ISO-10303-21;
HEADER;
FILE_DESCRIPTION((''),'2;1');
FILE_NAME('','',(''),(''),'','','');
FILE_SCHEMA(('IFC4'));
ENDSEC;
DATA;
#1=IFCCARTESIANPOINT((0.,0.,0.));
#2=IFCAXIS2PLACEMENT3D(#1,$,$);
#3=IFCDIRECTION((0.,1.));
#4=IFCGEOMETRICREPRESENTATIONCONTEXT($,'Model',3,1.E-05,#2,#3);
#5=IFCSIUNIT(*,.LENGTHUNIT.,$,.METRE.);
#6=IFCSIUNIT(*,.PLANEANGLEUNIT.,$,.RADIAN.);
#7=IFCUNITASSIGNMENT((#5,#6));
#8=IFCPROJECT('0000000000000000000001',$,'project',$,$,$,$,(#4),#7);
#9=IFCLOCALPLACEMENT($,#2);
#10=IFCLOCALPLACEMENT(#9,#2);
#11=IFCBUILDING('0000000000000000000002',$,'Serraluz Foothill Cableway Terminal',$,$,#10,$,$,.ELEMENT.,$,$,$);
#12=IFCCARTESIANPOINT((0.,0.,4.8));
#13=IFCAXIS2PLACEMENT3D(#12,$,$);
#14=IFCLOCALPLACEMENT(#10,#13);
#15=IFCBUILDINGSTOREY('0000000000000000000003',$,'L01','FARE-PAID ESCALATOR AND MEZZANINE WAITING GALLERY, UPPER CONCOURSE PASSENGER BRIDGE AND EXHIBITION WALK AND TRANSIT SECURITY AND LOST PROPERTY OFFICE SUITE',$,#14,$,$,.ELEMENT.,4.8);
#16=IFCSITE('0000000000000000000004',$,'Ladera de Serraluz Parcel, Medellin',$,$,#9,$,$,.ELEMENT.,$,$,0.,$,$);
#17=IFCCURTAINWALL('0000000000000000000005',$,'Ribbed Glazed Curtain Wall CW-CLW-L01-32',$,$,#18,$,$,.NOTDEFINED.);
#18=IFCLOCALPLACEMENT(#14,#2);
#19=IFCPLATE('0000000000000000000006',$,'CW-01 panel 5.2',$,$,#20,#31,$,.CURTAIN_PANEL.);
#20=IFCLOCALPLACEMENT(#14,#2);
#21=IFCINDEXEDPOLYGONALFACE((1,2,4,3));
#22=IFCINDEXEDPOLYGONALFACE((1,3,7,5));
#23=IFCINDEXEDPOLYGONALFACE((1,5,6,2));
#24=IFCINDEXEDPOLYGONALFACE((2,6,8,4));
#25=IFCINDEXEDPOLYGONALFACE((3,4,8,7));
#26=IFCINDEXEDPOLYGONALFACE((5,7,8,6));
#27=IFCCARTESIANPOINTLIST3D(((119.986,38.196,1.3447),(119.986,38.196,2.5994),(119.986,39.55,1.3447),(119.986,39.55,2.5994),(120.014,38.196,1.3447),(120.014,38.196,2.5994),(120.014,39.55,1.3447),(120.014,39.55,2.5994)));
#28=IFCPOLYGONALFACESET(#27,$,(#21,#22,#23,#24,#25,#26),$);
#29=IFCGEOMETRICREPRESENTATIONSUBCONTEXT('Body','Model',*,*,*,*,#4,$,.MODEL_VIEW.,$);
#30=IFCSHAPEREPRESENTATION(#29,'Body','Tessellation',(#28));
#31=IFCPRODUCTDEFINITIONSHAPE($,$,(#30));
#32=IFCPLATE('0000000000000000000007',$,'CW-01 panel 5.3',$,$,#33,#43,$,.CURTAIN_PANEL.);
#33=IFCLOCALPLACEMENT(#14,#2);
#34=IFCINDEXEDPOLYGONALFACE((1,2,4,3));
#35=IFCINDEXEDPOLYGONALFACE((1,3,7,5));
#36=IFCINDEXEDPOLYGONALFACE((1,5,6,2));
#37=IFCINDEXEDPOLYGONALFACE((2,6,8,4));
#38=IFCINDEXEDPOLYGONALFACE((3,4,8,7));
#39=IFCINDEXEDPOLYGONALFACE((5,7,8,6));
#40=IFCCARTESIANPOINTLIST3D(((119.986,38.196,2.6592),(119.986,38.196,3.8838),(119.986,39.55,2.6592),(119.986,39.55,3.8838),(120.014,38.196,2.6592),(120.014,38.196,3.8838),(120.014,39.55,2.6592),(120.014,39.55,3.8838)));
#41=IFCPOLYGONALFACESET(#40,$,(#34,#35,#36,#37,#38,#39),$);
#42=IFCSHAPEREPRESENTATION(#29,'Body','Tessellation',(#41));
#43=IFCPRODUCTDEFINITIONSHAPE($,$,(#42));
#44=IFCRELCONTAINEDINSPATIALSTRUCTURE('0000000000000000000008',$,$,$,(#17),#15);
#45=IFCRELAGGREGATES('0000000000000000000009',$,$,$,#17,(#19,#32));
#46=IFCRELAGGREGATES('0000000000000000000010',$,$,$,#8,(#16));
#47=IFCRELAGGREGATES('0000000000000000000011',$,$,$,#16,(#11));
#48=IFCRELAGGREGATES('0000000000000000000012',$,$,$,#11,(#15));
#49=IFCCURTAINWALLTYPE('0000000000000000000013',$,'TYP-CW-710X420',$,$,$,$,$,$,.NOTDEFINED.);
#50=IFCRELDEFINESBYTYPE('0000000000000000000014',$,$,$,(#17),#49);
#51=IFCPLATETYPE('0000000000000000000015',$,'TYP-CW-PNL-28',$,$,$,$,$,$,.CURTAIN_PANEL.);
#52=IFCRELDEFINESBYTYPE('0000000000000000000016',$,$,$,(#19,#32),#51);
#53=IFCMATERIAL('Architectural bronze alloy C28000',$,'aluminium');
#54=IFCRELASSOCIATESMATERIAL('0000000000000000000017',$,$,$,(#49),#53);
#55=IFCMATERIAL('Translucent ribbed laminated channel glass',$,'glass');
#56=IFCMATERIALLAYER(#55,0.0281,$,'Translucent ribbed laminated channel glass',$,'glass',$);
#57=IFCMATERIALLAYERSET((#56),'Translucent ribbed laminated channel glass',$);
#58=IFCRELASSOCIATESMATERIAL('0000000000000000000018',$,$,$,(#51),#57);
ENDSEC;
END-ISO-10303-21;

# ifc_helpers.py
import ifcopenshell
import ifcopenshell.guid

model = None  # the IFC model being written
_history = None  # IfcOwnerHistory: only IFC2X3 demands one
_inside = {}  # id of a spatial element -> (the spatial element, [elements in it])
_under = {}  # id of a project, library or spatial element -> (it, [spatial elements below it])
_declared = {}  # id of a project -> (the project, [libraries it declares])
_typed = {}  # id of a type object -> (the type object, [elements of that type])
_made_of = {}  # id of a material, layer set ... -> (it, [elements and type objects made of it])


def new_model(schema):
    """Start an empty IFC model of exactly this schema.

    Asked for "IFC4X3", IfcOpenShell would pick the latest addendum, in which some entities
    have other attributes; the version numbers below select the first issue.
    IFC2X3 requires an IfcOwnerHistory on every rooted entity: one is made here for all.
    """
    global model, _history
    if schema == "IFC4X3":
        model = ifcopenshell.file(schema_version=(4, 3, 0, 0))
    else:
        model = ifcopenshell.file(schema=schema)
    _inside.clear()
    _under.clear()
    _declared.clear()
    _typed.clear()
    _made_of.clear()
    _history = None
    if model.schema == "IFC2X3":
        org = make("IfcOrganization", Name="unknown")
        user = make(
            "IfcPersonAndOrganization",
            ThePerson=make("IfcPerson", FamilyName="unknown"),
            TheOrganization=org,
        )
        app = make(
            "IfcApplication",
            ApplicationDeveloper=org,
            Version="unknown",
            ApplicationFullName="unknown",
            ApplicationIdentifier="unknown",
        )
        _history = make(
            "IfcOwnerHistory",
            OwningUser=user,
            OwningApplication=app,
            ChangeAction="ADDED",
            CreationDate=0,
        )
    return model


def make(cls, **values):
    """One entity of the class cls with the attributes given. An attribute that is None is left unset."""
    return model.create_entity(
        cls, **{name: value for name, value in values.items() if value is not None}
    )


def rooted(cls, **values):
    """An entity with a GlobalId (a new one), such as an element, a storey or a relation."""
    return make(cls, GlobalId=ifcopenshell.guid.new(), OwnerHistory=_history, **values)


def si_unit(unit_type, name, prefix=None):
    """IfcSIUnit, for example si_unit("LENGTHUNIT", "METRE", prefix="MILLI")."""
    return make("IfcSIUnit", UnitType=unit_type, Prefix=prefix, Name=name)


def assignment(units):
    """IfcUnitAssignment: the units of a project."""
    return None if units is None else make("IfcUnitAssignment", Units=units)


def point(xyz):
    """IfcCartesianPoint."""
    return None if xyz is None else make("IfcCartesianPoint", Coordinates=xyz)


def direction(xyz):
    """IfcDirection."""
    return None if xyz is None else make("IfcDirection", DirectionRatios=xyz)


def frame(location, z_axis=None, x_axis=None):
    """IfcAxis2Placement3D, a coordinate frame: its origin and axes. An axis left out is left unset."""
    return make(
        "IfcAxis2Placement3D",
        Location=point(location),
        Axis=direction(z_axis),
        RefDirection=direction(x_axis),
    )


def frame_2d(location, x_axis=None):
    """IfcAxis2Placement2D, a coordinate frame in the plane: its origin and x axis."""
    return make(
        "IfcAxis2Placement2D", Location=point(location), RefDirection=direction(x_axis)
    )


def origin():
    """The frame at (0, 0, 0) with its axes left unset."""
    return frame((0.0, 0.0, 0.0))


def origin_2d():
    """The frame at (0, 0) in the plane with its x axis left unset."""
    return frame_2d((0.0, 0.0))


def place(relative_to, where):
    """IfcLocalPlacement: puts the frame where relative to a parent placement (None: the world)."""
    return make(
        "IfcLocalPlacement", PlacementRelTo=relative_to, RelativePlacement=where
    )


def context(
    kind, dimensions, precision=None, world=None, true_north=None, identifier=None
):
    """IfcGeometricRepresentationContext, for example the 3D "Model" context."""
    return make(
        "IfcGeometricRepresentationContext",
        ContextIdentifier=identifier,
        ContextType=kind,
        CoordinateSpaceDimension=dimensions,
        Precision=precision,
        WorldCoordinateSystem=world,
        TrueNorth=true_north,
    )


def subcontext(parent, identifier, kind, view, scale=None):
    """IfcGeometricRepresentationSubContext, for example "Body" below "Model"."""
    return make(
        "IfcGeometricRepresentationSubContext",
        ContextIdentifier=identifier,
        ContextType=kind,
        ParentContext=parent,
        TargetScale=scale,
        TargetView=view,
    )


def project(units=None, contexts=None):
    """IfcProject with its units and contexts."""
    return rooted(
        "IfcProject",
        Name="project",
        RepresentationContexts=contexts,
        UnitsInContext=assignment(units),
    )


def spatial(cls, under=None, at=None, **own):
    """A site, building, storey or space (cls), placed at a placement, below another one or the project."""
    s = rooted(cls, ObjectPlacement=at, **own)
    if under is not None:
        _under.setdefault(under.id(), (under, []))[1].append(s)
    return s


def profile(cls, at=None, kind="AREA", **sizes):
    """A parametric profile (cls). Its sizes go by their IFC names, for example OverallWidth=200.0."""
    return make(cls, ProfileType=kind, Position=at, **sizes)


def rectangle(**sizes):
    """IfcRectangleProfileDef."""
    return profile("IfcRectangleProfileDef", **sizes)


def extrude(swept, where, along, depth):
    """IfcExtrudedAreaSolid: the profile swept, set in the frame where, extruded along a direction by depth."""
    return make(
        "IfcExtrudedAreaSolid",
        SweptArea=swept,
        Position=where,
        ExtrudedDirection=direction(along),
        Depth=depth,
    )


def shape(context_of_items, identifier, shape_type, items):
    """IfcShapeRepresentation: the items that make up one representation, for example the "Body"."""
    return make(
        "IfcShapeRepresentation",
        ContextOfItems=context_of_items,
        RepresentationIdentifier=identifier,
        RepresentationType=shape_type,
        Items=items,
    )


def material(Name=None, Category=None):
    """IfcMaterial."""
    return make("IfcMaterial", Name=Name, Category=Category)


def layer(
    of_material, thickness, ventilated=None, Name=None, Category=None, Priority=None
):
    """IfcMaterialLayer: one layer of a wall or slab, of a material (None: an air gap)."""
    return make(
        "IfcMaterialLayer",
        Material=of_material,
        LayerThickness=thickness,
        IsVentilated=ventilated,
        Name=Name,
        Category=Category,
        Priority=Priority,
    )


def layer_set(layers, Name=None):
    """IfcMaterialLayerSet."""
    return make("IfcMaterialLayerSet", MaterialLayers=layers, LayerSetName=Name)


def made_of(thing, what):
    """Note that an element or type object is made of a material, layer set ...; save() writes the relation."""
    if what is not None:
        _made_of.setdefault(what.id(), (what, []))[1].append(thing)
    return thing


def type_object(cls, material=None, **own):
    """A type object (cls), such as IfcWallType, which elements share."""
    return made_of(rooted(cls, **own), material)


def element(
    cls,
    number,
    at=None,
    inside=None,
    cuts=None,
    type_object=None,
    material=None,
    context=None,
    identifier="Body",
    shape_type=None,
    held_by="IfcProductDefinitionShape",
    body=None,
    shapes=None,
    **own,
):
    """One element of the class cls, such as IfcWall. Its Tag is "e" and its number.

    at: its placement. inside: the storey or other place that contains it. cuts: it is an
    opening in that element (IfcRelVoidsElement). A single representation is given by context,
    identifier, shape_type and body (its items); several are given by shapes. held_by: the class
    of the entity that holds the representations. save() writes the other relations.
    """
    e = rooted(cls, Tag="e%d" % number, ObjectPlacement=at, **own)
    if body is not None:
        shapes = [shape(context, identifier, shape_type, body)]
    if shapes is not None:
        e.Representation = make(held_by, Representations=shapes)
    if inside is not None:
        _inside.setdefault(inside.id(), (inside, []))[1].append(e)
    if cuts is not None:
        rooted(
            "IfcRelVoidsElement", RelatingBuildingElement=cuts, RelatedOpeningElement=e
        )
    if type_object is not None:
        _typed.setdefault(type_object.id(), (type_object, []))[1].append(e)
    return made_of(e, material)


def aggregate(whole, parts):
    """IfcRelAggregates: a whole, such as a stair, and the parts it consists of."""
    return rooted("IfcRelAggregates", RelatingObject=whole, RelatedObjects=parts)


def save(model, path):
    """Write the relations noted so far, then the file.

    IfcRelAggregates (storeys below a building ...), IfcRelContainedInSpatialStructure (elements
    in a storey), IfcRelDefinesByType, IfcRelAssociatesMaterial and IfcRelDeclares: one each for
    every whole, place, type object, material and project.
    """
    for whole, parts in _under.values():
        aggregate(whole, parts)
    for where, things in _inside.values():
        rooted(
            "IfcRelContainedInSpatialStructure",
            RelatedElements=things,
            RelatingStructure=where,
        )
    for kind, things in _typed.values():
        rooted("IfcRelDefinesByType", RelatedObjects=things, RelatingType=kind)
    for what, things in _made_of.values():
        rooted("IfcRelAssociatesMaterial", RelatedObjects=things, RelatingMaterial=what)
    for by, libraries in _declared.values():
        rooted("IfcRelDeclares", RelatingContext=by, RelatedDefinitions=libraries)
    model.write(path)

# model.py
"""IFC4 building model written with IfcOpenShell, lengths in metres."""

from ifc_helpers import new_model, si_unit, direction, frame, origin, origin_2d, place, context, subcontext, project, spatial, rectangle, extrude, material, layer, layer_set, type_object, element, aggregate, save


model = new_model("IFC4")

# Units and contexts
model_context = context("Model", 3, precision=1e-05, world=origin(), true_north=direction((0.0, 1.0)))
body_context = subcontext(model_context, "Body", "Model", "MODEL_VIEW")
ifc_project = project(units=[si_unit("LENGTHUNIT", "METRE"), si_unit("PLANEANGLEUNIT", "RADIAN")], contexts=[model_context])

# Site, building, storey
site_placement = place(None, origin())
site = spatial("IfcSite", under=ifc_project, at=site_placement, Name="Ladera de Serraluz Parcel, Medellin", CompositionType="ELEMENT", RefElevation=0.0)
building_placement = place(site_placement, origin())
building = spatial("IfcBuilding", under=site, at=building_placement, Name="Serraluz Foothill Cableway Terminal", CompositionType="ELEMENT")
storey_placement = place(building_placement, frame((0.0, 0.0, 4.8)))
storey = spatial("IfcBuildingStorey", under=building, at=storey_placement, Name="L01", Description="FARE-PAID ESCALATOR AND MEZZANINE WAITING GALLERY, UPPER CONCOURSE PASSENGER BRIDGE AND EXHIBITION WALK AND TRANSIT SECURITY AND LOST PROPERTY OFFICE SUITE", CompositionType="ELEMENT", Elevation=4.8)

# Curtain wall, plates
ifc_material_1 = material(Name="Architectural bronze alloy C28000", Category="aluminium")
curtain_wall_type = type_object("IfcCurtainWallType", Name="TYP-CW-710X420", PredefinedType="NOTDEFINED", material=ifc_material_1)
curtain_wall_placement = place(storey_placement, origin())
curtain_wall = element("IfcCurtainWall", 1, at=curtain_wall_placement, inside=storey, type_object=curtain_wall_type, Name="Ribbed Glazed Curtain Wall CW-CLW-L01-32", PredefinedType="NOTDEFINED")
ifc_material_2 = material(Name="Translucent ribbed laminated channel glass", Category="glass")
ifc_layer = layer(ifc_material_2, 0.0281, Name="Translucent ribbed laminated channel glass", Category="glass")
ifc_layer_set = layer_set([ifc_layer], Name="Translucent ribbed laminated channel glass")
plate_type = type_object("IfcPlateType", Name="TYP-CW-PNL-28", PredefinedType="CURTAIN_PANEL", material=ifc_layer_set)
plate_1_placement = place(storey_placement, frame((120.0, 38.873, 1.3447), z_axis=(0.0, 0.0, 1.0), x_axis=(0.0, 1.0, 0.0)))
plate_1 = element("IfcPlate", 2, at=plate_1_placement, type_object=plate_type, Name="CW-01 panel 5.2", PredefinedType="CURTAIN_PANEL", context=body_context, shape_type="SweptSolid", body=[
    extrude(rectangle(XDim=1.354, YDim=0.0281, at=origin_2d()), origin(), (0.0, 0.0, 1.0), 1.2546),
])
plate_2_placement = place(storey_placement, frame((120.0, 38.873, 2.6592), z_axis=(0.0, 0.0, 1.0), x_axis=(0.0, 1.0, 0.0)))
plate_2 = element("IfcPlate", 3, at=plate_2_placement, type_object=plate_type, Name="CW-01 panel 5.3", PredefinedType="CURTAIN_PANEL", context=body_context, shape_type="SweptSolid", body=[
    extrude(rectangle(XDim=1.354, YDim=0.0281, at=origin_2d()), origin(), (0.0, 0.0, 1.0), 1.2246),
])
aggregate(curtain_wall, [plate_1, plate_2])

save(model, "model.ifc")
